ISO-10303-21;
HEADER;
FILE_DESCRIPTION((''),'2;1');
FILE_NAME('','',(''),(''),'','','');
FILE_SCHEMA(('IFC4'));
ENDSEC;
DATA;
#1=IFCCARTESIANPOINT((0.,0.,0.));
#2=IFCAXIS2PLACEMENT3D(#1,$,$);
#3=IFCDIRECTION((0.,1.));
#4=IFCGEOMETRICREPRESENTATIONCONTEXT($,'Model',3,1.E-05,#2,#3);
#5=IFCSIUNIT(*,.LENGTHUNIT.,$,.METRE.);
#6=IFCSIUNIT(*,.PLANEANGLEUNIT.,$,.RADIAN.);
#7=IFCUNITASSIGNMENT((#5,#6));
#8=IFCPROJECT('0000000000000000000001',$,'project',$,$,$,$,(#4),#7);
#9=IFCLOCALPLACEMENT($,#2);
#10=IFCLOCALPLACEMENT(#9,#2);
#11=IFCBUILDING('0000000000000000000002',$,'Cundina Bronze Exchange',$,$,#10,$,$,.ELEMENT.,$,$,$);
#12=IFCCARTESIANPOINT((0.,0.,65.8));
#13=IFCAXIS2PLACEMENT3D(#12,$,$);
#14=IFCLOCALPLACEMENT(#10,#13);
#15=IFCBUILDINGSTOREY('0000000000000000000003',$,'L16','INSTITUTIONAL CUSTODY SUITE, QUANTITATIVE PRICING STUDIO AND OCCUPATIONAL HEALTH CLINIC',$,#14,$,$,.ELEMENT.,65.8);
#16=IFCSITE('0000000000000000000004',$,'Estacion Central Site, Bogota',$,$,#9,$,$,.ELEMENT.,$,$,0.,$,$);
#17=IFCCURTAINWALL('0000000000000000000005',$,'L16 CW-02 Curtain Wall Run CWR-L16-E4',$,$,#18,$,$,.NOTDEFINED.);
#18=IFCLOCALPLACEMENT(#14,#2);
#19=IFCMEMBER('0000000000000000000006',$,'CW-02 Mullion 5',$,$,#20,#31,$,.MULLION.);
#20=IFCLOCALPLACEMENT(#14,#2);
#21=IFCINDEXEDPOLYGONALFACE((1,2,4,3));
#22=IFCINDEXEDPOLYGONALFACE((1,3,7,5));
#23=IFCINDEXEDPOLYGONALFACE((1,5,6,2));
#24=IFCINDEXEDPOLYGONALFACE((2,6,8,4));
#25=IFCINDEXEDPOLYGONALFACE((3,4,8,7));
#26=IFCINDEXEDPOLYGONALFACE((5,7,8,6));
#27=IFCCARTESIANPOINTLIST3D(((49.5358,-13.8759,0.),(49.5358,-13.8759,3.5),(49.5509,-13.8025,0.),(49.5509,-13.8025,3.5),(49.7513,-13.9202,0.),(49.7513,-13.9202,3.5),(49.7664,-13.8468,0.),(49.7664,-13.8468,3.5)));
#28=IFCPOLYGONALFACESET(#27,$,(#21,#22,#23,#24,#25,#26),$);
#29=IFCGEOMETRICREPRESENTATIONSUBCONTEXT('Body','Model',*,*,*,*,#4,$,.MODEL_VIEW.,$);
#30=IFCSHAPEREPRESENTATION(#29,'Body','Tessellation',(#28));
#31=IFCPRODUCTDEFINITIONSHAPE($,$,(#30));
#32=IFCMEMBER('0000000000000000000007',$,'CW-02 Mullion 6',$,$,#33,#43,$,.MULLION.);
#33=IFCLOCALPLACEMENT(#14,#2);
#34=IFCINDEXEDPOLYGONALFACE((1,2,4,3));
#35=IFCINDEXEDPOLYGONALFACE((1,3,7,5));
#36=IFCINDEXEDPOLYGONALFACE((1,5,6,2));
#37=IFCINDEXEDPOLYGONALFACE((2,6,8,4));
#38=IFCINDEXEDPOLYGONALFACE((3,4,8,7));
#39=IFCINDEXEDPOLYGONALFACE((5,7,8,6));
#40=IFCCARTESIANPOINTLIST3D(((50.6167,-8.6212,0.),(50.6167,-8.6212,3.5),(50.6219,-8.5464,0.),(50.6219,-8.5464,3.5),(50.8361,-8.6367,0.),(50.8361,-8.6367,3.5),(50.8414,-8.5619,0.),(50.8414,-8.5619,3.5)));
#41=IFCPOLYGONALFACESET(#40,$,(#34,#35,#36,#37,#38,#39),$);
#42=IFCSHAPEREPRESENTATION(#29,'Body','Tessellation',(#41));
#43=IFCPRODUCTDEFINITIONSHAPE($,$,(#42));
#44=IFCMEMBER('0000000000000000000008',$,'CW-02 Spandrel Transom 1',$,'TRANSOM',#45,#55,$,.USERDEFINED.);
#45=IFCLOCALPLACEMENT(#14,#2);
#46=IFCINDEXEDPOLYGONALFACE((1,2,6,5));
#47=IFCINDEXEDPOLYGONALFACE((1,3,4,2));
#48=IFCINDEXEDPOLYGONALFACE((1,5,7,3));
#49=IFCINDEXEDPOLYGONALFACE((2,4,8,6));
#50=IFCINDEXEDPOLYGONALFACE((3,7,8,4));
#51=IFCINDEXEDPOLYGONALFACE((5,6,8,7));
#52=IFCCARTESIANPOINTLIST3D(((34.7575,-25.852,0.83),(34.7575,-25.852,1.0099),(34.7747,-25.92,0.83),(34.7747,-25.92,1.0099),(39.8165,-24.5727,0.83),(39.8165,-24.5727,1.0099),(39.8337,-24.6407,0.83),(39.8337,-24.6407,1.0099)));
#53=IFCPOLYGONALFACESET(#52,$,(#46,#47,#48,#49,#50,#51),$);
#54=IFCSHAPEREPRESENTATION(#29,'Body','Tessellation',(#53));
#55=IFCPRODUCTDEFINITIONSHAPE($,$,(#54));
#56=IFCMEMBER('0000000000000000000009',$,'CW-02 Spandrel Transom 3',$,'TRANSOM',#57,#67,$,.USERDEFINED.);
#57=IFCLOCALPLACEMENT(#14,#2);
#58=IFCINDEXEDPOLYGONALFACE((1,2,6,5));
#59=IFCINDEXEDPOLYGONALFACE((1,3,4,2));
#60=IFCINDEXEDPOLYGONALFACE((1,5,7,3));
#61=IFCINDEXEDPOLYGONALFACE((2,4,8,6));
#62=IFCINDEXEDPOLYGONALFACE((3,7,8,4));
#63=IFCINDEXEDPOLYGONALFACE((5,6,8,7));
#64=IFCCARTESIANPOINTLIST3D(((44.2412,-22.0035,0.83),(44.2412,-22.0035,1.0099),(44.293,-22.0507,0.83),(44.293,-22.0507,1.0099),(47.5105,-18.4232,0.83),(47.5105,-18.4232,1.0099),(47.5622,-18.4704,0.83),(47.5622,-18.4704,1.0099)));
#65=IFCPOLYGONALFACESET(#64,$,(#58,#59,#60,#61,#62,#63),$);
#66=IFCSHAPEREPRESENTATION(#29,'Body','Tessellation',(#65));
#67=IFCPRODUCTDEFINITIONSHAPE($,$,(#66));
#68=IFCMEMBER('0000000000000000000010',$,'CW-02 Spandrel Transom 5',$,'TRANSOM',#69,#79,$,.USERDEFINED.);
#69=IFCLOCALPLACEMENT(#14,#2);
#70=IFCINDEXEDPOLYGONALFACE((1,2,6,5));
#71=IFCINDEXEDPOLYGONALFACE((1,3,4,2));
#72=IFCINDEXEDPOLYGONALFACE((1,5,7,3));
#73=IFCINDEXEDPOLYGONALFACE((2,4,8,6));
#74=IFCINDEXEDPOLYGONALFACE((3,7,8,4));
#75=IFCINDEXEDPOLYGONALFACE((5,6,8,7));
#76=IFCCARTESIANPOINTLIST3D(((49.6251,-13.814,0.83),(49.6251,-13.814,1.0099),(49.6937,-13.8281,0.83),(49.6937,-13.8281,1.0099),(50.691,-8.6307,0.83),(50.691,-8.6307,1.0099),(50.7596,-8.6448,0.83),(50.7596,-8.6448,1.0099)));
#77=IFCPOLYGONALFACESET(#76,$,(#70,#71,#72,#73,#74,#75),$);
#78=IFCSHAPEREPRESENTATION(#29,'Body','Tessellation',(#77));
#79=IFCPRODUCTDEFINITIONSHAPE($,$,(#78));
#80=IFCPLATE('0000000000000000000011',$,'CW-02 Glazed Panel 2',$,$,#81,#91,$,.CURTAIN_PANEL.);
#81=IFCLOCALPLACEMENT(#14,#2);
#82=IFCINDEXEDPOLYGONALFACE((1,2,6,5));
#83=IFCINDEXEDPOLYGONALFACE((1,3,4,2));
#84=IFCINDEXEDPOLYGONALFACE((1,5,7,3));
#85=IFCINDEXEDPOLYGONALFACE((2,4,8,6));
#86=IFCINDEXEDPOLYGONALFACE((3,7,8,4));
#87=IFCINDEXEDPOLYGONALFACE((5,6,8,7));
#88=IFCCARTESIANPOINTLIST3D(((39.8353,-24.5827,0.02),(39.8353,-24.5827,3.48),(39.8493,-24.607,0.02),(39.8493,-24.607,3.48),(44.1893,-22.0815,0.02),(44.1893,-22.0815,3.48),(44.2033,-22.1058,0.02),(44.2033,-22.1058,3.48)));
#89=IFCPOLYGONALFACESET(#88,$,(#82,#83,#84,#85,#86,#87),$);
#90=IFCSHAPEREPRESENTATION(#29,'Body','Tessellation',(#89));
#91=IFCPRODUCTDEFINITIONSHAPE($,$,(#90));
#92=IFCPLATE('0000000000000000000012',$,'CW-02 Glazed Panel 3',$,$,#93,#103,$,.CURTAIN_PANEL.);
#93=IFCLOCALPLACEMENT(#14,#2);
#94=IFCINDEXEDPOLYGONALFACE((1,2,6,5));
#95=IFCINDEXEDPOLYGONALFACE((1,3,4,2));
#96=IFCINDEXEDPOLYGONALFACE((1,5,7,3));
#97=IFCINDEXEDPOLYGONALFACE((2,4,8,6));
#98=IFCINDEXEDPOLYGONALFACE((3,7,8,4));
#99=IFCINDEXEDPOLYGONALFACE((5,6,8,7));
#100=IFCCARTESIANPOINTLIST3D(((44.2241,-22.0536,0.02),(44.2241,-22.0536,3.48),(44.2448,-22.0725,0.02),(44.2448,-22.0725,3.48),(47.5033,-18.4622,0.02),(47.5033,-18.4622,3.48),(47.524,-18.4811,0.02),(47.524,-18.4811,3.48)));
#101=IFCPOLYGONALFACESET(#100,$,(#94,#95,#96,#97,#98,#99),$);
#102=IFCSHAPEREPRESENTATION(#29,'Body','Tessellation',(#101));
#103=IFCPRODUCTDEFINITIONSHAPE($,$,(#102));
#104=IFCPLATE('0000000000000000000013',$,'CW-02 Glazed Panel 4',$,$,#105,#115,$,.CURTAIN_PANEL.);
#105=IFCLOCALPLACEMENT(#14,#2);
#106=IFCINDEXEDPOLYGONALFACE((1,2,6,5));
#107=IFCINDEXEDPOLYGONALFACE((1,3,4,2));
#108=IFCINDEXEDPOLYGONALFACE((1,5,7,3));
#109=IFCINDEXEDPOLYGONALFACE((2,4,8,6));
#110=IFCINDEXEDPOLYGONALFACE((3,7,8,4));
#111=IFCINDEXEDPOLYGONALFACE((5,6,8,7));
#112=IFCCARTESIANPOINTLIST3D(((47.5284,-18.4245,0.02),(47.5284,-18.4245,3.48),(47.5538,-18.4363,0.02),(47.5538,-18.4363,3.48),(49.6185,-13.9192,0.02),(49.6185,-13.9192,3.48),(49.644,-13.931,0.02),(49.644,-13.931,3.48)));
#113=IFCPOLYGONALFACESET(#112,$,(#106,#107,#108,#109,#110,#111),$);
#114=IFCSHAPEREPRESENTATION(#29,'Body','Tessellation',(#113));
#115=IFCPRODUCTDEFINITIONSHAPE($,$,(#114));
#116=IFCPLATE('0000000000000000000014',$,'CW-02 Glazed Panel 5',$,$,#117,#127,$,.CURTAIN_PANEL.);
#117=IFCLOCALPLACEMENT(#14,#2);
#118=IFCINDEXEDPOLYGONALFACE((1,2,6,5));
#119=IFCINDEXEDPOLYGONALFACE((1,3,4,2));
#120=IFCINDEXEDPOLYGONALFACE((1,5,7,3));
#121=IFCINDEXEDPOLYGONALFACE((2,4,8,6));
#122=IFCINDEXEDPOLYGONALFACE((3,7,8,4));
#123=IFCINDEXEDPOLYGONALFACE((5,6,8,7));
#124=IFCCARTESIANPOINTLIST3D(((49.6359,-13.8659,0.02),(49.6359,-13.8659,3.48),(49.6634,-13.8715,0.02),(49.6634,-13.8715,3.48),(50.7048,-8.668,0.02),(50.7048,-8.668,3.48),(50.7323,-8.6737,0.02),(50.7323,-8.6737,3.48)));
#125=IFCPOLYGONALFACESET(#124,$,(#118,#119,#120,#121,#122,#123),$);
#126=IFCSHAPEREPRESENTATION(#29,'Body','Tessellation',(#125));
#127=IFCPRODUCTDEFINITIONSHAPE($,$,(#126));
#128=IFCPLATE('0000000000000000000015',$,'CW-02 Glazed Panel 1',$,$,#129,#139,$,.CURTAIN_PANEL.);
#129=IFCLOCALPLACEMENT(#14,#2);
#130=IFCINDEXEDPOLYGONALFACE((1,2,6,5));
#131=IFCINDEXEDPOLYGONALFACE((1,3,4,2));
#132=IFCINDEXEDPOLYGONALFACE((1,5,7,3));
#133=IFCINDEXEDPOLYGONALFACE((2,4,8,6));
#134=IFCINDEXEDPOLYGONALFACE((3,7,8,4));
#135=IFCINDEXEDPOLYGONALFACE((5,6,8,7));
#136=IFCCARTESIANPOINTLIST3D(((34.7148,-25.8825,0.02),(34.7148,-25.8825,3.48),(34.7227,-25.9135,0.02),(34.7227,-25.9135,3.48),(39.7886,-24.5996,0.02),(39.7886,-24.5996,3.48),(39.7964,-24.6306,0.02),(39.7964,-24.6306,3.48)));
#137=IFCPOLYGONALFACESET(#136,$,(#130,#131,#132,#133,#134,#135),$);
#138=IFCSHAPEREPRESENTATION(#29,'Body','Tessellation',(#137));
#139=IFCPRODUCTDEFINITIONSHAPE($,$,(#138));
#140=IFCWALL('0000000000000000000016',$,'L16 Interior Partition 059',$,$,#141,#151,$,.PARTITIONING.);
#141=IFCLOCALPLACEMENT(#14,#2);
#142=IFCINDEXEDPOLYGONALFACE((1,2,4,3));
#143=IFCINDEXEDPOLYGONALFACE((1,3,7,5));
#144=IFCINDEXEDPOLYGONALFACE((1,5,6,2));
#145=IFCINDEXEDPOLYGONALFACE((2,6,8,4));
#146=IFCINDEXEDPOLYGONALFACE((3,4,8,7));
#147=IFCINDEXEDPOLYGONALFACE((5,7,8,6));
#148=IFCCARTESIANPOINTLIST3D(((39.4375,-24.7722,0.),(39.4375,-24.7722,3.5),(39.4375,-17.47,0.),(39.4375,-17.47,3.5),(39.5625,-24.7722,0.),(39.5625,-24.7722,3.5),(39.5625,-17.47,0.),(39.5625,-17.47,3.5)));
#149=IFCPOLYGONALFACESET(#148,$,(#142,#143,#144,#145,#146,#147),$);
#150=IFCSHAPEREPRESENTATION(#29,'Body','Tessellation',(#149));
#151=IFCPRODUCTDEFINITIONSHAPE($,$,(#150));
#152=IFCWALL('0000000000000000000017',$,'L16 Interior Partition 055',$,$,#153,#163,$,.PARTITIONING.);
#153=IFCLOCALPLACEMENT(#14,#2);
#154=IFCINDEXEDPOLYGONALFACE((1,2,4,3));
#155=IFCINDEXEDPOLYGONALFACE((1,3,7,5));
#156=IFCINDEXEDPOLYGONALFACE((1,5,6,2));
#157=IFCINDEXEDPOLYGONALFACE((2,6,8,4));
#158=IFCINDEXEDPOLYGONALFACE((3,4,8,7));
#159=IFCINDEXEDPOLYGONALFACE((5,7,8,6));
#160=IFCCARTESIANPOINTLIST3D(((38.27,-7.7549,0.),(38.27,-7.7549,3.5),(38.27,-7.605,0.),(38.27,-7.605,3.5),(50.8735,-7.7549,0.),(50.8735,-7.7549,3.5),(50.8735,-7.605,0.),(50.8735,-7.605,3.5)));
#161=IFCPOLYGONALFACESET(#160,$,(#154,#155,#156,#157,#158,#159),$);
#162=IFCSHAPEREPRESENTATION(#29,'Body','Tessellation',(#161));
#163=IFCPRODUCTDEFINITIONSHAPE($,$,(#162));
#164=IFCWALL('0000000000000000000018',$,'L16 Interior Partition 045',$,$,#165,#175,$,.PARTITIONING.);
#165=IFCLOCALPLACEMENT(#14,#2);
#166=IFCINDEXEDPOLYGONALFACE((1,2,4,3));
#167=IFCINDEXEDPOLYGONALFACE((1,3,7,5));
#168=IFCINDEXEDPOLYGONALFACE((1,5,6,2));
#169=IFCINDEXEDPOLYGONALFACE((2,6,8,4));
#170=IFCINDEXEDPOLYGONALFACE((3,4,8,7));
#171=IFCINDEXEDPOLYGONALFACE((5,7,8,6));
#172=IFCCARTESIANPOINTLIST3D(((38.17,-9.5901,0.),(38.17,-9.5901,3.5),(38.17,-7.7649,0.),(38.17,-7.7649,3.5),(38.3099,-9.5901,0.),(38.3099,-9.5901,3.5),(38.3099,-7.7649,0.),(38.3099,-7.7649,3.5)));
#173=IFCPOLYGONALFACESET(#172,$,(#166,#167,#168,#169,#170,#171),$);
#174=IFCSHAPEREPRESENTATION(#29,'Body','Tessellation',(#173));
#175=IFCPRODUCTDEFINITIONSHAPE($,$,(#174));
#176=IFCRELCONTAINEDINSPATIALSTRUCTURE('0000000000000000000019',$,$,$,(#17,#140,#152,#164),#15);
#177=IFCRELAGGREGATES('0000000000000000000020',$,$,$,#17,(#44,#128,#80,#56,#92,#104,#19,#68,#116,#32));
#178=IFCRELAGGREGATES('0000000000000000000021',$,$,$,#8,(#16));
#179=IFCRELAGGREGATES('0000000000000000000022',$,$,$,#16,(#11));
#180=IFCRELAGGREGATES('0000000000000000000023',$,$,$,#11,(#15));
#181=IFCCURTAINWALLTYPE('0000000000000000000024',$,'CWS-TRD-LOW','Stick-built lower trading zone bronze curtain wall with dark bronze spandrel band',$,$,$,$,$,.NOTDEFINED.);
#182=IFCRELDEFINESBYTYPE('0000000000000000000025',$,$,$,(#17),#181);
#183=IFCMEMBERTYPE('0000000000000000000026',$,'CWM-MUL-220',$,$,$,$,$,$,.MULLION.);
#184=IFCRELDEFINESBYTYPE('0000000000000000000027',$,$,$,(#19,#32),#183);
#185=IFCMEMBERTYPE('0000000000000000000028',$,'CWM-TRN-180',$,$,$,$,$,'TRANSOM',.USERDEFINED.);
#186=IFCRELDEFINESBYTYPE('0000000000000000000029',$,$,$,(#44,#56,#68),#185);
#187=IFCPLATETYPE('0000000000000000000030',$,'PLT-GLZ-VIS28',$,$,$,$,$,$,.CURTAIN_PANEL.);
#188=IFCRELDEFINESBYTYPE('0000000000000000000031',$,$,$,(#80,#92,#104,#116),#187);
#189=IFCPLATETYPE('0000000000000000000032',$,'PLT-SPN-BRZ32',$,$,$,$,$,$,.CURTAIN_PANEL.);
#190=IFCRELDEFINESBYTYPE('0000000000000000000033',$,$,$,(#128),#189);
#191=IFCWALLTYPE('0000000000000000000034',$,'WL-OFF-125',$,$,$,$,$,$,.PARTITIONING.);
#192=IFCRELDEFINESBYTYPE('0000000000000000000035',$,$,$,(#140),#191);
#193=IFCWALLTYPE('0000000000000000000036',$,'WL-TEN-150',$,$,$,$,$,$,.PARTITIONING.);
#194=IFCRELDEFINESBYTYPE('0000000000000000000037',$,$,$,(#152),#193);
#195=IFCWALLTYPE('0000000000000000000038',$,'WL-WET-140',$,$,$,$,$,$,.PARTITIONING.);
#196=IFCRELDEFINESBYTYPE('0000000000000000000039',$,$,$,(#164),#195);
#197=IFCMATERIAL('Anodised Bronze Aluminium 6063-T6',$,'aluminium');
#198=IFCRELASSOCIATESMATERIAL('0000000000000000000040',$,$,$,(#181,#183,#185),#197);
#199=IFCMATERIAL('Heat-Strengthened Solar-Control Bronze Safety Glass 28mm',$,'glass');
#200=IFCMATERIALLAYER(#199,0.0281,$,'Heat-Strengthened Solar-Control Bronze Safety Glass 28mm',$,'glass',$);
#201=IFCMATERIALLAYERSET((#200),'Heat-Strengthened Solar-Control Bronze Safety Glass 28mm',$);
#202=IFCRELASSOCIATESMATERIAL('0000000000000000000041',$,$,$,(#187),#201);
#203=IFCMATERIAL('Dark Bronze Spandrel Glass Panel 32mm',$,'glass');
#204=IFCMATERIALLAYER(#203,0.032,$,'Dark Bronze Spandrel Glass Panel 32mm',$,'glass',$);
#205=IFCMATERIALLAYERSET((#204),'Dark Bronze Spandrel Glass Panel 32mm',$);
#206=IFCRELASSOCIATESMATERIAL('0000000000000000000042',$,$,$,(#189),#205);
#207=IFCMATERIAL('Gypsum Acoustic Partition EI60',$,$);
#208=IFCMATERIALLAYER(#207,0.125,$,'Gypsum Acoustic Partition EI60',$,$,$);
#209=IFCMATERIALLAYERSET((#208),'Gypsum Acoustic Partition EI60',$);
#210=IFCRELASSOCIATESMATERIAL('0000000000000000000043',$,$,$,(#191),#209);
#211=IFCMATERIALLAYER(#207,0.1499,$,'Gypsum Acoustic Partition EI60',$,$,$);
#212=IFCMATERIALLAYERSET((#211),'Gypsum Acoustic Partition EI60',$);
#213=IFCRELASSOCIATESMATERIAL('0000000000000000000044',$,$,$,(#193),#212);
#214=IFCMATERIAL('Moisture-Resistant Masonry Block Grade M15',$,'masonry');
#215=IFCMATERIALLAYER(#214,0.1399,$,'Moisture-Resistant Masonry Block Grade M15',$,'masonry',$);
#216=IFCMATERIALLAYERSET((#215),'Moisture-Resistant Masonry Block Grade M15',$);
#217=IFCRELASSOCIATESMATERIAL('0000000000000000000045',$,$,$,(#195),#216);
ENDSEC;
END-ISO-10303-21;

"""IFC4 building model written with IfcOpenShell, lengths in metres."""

from ifc_helpers import new_model, si_unit, direction, frame, frame_2d, origin, origin_2d, place, context, subcontext, project, spatial, rectangle, extrude, material, layer, layer_set, material_profile, profile_set, type_object, element, aggregate, save


model = new_model("IFC4")

# Units and contexts
model_context = context("Model", 3, precision=1e-05, world=origin(), true_north=direction((0.0, 1.0)))
body_context = subcontext(model_context, "Body", "Model", "MODEL_VIEW")
ifc_project = project(units=[si_unit("LENGTHUNIT", "METRE"), si_unit("PLANEANGLEUNIT", "RADIAN")], contexts=[model_context])

# Site, building, storey
site_placement = place(None, origin())
site = spatial("IfcSite", under=ifc_project, at=site_placement, Name="Estacion Central Site, Bogota", CompositionType="ELEMENT", RefElevation=0.0)
building_placement = place(site_placement, origin())
building = spatial("IfcBuilding", under=site, at=building_placement, Name="Cundina Bronze Exchange", CompositionType="ELEMENT")
storey_placement = place(building_placement, frame((0.0, 0.0, 65.8)))
storey = spatial("IfcBuildingStorey", under=building, at=storey_placement, Name="L16", Description="INSTITUTIONAL CUSTODY SUITE, QUANTITATIVE PRICING STUDIO AND OCCUPATIONAL HEALTH CLINIC", CompositionType="ELEMENT", Elevation=65.8)

# Curtain wall, members, plates
ifc_material_1 = material(Name="Anodised Bronze Aluminium 6063-T6", Category="aluminium")
curtain_wall_type = type_object("IfcCurtainWallType", Name="CWS-TRD-LOW", Description="Stick-built lower trading zone bronze curtain wall with dark bronze spandrel band", PredefinedType="NOTDEFINED", material=ifc_material_1)
curtain_wall_placement = place(storey_placement, origin())
curtain_wall = element("IfcCurtainWall", 1, at=curtain_wall_placement, inside=storey, type_object=curtain_wall_type, Name="L16 CW-02 Curtain Wall Run CWR-L16-E4", PredefinedType="NOTDEFINED")
ifc_material_profile_1 = material_profile(ifc_material_1, rectangle(XDim=0.075, YDim=0.22, at=origin_2d()), Name="AL75X220", Category="aluminium")
ifc_profile_set_1 = profile_set([ifc_material_profile_1], Name="Anodised Bronze Aluminium 6063-T6")
member_type_1 = type_object("IfcMemberType", Name="CWM-MUL-220", PredefinedType="MULLION", material=ifc_profile_set_1)
member_1_placement = place(storey_placement, frame((49.6511, -13.8613, 0.0), z_axis=(0.0, 0.0, 1.0), x_axis=(0.20142, 0.979505, 0.0)))
member_1 = element("IfcMember", 2, at=member_1_placement, type_object=member_type_1, Name="CW-02 Mullion 5", PredefinedType="MULLION", context=body_context, shape_type="SweptSolid", body=[
    extrude(rectangle(XDim=0.075, YDim=0.22, at=origin_2d()), origin(), (0.0, 0.0, 1.0), 3.5),
])
member_2_placement = place(storey_placement, frame((50.729, -8.5916, 0.0), z_axis=(0.0, 0.0, 1.0), x_axis=(0.070279, 0.997527, 0.0)))
member_2 = element("IfcMember", 3, at=member_2_placement, type_object=member_type_1, Name="CW-02 Mullion 6", PredefinedType="MULLION", context=body_context, shape_type="SweptSolid", body=[
    extrude(rectangle(XDim=0.075, YDim=0.22, at=origin_2d()), origin(), (0.0, 0.0, 1.0), 3.5),
])
ifc_material_profile_2 = material_profile(ifc_material_1, rectangle(XDim=0.0701, YDim=0.1799, at=origin_2d()), Name="AL70X180", Category="aluminium")
ifc_profile_set_2 = profile_set([ifc_material_profile_2], Name="Anodised Bronze Aluminium 6063-T6")
member_type_2 = type_object("IfcMemberType", Name="CWM-TRN-180", ElementType="TRANSOM", PredefinedType="USERDEFINED", material=ifc_profile_set_2)
member_3_placement = place(storey_placement, frame((34.7661, -25.886, 0.9199), z_axis=(0.969484, 0.245155, 0.0), x_axis=(-0.245155, 0.969484, 0.0)))
member_3 = element("IfcMember", 4, at=member_3_placement, type_object=member_type_2, Name="CW-02 Spandrel Transom 1", ObjectType="TRANSOM", PredefinedType="USERDEFINED", context=body_context, shape_type="SweptSolid", body=[
    extrude(rectangle(XDim=0.0701, YDim=0.1799, at=origin_2d()), origin(), (0.0, 0.0, 1.0), 5.2183),
])
member_4_placement = place(storey_placement, frame((44.2671, -22.0271, 0.9199), z_axis=(0.674303, 0.738455, 0.0), x_axis=(-0.738455, 0.674303, 0.0)))
member_4 = element("IfcMember", 5, at=member_4_placement, type_object=member_type_2, Name="CW-02 Spandrel Transom 3", ObjectType="TRANSOM", PredefinedType="USERDEFINED", context=body_context, shape_type="SweptSolid", body=[
    extrude(rectangle(XDim=0.0701, YDim=0.1799, at=origin_2d()), origin(), (0.0, 0.0, 1.0), 4.8484),
])
member_5_placement = place(storey_placement, frame((49.6594, -13.821, 0.9199), z_axis=(0.201428, 0.979503, 0.0), x_axis=(-0.979503, 0.201428, 0.0)))
member_5 = element("IfcMember", 6, at=member_5_placement, type_object=member_type_2, Name="CW-02 Spandrel Transom 5", ObjectType="TRANSOM", PredefinedType="USERDEFINED", context=body_context, shape_type="SweptSolid", body=[
    extrude(rectangle(XDim=0.0701, YDim=0.1799, at=origin_2d()), origin(), (0.0, 0.0, 1.0), 5.2917),
])
ifc_material_2 = material(Name="Heat-Strengthened Solar-Control Bronze Safety Glass 28mm", Category="glass")
ifc_layer_1 = layer(ifc_material_2, 0.0281, Name="Heat-Strengthened Solar-Control Bronze Safety Glass 28mm", Category="glass")
ifc_layer_set_1 = layer_set([ifc_layer_1], Name="Heat-Strengthened Solar-Control Bronze Safety Glass 28mm")
plate_type_1 = type_object("IfcPlateType", Name="PLT-GLZ-VIS28", PredefinedType="CURTAIN_PANEL", material=ifc_layer_set_1)
plate_1_placement = place(storey_placement, frame((42.0193, -23.3442, 0.02), z_axis=(0.0, 0.0, 1.0), x_axis=(0.867105, 0.498125, 0.0)))
plate_1 = element("IfcPlate", 7, at=plate_1_placement, type_object=plate_type_1, Name="CW-02 Glazed Panel 2", PredefinedType="CURTAIN_PANEL", context=body_context, shape_type="SweptSolid", body=[
    extrude(rectangle(XDim=5.0212, YDim=0.0281, at=origin_2d()), origin(), (0.0, 0.0, 1.0), 3.46),
])
plate_2_placement = place(storey_placement, frame((45.874, -20.2673, 0.02), z_axis=(0.0, 0.0, 1.0), x_axis=(0.674277, 0.738479, 0.0)))
plate_2 = element("IfcPlate", 8, at=plate_2_placement, type_object=plate_type_1, Name="CW-02 Glazed Panel 3", PredefinedType="CURTAIN_PANEL", context=body_context, shape_type="SweptSolid", body=[
    extrude(rectangle(XDim=4.8633, YDim=0.0281, at=origin_2d()), origin(), (0.0, 0.0, 1.0), 3.46),
])
plate_3_placement = place(storey_placement, frame((48.5862, -16.1777, 0.02), z_axis=(0.0, 0.0, 1.0), x_axis=(0.420846, 0.907132, 0.0)))
plate_3 = element("IfcPlate", 9, at=plate_3_placement, type_object=plate_type_1, Name="CW-02 Glazed Panel 4", PredefinedType="CURTAIN_PANEL", context=body_context, shape_type="SweptSolid", body=[
    extrude(rectangle(XDim=4.9666, YDim=0.0281, at=origin_2d()), origin(), (0.0, 0.0, 1.0), 3.46),
])
plate_4_placement = place(storey_placement, frame((50.1841, -11.2698, 0.02), z_axis=(0.0, 0.0, 1.0), x_axis=(0.20142, 0.979505, 0.0)))
plate_4 = element("IfcPlate", 10, at=plate_4_placement, type_object=plate_type_1, Name="CW-02 Glazed Panel 5", PredefinedType="CURTAIN_PANEL", context=body_context, shape_type="SweptSolid", body=[
    extrude(rectangle(XDim=5.3066, YDim=0.0281, at=origin_2d()), origin(), (0.0, 0.0, 1.0), 3.46),
])
ifc_material_3 = material(Name="Dark Bronze Spandrel Glass Panel 32mm", Category="glass")
ifc_layer_2 = layer(ifc_material_3, 0.032, Name="Dark Bronze Spandrel Glass Panel 32mm", Category="glass")
ifc_layer_set_2 = layer_set([ifc_layer_2], Name="Dark Bronze Spandrel Glass Panel 32mm")
plate_type_2 = type_object("IfcPlateType", Name="PLT-SPN-BRZ32", PredefinedType="CURTAIN_PANEL", material=ifc_layer_set_2)
plate_5_placement = place(storey_placement, frame((37.2556, -25.2566, 0.02), z_axis=(0.0, 0.0, 1.0), x_axis=(0.969488, 0.245138, 0.0)))
plate_5 = element("IfcPlate", 11, at=plate_5_placement, type_object=plate_type_2, Name="CW-02 Glazed Panel 1", PredefinedType="CURTAIN_PANEL", context=body_context, shape_type="SweptSolid", body=[
    extrude(rectangle(XDim=5.2334, YDim=0.032, at=origin_2d()), origin(), (0.0, 0.0, 1.0), 3.46),
])
aggregate(curtain_wall, [member_3, plate_5, plate_1, member_4, plate_2, plate_3, member_1, member_5, plate_4, member_2])

# Walls
ifc_material_4 = material(Name="Gypsum Acoustic Partition EI60")
ifc_layer_3 = layer(ifc_material_4, 0.125, Name="Gypsum Acoustic Partition EI60")
ifc_layer_set_3 = layer_set([ifc_layer_3], Name="Gypsum Acoustic Partition EI60")
wall_type_1 = type_object("IfcWallType", Name="WL-OFF-125", PredefinedType="PARTITIONING", material=ifc_layer_set_3)
wall_1_placement = place(storey_placement, frame((39.5, -24.7722, 0.0), z_axis=(0.0, 0.0, 1.0), x_axis=(0.0, 1.0, 0.0)))
element("IfcWall", 12, at=wall_1_placement, inside=storey, type_object=wall_type_1, Name="L16 Interior Partition 059", PredefinedType="PARTITIONING", context=body_context, shape_type="SweptSolid", body=[
    extrude(rectangle(XDim=7.3022, YDim=0.125, at=frame_2d((3.6511, 0.0))), origin(), (0.0, 0.0, 1.0), 3.5),
])
ifc_layer_4 = layer(ifc_material_4, 0.1499, Name="Gypsum Acoustic Partition EI60")
ifc_layer_set_4 = layer_set([ifc_layer_4], Name="Gypsum Acoustic Partition EI60")
wall_type_2 = type_object("IfcWallType", Name="WL-TEN-150", PredefinedType="PARTITIONING", material=ifc_layer_set_4)
wall_2_placement = place(storey_placement, frame((38.27, -7.6799, 0.0), z_axis=(0.0, 0.0, 1.0), x_axis=(1.0, 0.0, 0.0)))
element("IfcWall", 13, at=wall_2_placement, inside=storey, type_object=wall_type_2, Name="L16 Interior Partition 055", PredefinedType="PARTITIONING", context=body_context, shape_type="SweptSolid", body=[
    extrude(rectangle(XDim=12.6035, YDim=0.1499, at=frame_2d((6.3018, 0.0))), origin(), (0.0, 0.0, 1.0), 3.5),
])
ifc_material_5 = material(Name="Moisture-Resistant Masonry Block Grade M15", Category="masonry")
ifc_layer_5 = layer(ifc_material_5, 0.1399, Name="Moisture-Resistant Masonry Block Grade M15", Category="masonry")
ifc_layer_set_5 = layer_set([ifc_layer_5], Name="Moisture-Resistant Masonry Block Grade M15")
wall_type_3 = type_object("IfcWallType", Name="WL-WET-140", PredefinedType="PARTITIONING", material=ifc_layer_set_5)
wall_3_placement = place(storey_placement, frame((38.24, -9.5901, 0.0), z_axis=(0.0, 0.0, 1.0), x_axis=(0.0, 1.0, 0.0)))
element("IfcWall", 14, at=wall_3_placement, inside=storey, type_object=wall_type_3, Name="L16 Interior Partition 045", PredefinedType="PARTITIONING", context=body_context, shape_type="SweptSolid", body=[
    extrude(rectangle(XDim=1.8252, YDim=0.1399, at=frame_2d((0.9126, 0.0))), origin(), (0.0, 0.0, 1.0), 3.5),
])

save(model, "model.ifc")
